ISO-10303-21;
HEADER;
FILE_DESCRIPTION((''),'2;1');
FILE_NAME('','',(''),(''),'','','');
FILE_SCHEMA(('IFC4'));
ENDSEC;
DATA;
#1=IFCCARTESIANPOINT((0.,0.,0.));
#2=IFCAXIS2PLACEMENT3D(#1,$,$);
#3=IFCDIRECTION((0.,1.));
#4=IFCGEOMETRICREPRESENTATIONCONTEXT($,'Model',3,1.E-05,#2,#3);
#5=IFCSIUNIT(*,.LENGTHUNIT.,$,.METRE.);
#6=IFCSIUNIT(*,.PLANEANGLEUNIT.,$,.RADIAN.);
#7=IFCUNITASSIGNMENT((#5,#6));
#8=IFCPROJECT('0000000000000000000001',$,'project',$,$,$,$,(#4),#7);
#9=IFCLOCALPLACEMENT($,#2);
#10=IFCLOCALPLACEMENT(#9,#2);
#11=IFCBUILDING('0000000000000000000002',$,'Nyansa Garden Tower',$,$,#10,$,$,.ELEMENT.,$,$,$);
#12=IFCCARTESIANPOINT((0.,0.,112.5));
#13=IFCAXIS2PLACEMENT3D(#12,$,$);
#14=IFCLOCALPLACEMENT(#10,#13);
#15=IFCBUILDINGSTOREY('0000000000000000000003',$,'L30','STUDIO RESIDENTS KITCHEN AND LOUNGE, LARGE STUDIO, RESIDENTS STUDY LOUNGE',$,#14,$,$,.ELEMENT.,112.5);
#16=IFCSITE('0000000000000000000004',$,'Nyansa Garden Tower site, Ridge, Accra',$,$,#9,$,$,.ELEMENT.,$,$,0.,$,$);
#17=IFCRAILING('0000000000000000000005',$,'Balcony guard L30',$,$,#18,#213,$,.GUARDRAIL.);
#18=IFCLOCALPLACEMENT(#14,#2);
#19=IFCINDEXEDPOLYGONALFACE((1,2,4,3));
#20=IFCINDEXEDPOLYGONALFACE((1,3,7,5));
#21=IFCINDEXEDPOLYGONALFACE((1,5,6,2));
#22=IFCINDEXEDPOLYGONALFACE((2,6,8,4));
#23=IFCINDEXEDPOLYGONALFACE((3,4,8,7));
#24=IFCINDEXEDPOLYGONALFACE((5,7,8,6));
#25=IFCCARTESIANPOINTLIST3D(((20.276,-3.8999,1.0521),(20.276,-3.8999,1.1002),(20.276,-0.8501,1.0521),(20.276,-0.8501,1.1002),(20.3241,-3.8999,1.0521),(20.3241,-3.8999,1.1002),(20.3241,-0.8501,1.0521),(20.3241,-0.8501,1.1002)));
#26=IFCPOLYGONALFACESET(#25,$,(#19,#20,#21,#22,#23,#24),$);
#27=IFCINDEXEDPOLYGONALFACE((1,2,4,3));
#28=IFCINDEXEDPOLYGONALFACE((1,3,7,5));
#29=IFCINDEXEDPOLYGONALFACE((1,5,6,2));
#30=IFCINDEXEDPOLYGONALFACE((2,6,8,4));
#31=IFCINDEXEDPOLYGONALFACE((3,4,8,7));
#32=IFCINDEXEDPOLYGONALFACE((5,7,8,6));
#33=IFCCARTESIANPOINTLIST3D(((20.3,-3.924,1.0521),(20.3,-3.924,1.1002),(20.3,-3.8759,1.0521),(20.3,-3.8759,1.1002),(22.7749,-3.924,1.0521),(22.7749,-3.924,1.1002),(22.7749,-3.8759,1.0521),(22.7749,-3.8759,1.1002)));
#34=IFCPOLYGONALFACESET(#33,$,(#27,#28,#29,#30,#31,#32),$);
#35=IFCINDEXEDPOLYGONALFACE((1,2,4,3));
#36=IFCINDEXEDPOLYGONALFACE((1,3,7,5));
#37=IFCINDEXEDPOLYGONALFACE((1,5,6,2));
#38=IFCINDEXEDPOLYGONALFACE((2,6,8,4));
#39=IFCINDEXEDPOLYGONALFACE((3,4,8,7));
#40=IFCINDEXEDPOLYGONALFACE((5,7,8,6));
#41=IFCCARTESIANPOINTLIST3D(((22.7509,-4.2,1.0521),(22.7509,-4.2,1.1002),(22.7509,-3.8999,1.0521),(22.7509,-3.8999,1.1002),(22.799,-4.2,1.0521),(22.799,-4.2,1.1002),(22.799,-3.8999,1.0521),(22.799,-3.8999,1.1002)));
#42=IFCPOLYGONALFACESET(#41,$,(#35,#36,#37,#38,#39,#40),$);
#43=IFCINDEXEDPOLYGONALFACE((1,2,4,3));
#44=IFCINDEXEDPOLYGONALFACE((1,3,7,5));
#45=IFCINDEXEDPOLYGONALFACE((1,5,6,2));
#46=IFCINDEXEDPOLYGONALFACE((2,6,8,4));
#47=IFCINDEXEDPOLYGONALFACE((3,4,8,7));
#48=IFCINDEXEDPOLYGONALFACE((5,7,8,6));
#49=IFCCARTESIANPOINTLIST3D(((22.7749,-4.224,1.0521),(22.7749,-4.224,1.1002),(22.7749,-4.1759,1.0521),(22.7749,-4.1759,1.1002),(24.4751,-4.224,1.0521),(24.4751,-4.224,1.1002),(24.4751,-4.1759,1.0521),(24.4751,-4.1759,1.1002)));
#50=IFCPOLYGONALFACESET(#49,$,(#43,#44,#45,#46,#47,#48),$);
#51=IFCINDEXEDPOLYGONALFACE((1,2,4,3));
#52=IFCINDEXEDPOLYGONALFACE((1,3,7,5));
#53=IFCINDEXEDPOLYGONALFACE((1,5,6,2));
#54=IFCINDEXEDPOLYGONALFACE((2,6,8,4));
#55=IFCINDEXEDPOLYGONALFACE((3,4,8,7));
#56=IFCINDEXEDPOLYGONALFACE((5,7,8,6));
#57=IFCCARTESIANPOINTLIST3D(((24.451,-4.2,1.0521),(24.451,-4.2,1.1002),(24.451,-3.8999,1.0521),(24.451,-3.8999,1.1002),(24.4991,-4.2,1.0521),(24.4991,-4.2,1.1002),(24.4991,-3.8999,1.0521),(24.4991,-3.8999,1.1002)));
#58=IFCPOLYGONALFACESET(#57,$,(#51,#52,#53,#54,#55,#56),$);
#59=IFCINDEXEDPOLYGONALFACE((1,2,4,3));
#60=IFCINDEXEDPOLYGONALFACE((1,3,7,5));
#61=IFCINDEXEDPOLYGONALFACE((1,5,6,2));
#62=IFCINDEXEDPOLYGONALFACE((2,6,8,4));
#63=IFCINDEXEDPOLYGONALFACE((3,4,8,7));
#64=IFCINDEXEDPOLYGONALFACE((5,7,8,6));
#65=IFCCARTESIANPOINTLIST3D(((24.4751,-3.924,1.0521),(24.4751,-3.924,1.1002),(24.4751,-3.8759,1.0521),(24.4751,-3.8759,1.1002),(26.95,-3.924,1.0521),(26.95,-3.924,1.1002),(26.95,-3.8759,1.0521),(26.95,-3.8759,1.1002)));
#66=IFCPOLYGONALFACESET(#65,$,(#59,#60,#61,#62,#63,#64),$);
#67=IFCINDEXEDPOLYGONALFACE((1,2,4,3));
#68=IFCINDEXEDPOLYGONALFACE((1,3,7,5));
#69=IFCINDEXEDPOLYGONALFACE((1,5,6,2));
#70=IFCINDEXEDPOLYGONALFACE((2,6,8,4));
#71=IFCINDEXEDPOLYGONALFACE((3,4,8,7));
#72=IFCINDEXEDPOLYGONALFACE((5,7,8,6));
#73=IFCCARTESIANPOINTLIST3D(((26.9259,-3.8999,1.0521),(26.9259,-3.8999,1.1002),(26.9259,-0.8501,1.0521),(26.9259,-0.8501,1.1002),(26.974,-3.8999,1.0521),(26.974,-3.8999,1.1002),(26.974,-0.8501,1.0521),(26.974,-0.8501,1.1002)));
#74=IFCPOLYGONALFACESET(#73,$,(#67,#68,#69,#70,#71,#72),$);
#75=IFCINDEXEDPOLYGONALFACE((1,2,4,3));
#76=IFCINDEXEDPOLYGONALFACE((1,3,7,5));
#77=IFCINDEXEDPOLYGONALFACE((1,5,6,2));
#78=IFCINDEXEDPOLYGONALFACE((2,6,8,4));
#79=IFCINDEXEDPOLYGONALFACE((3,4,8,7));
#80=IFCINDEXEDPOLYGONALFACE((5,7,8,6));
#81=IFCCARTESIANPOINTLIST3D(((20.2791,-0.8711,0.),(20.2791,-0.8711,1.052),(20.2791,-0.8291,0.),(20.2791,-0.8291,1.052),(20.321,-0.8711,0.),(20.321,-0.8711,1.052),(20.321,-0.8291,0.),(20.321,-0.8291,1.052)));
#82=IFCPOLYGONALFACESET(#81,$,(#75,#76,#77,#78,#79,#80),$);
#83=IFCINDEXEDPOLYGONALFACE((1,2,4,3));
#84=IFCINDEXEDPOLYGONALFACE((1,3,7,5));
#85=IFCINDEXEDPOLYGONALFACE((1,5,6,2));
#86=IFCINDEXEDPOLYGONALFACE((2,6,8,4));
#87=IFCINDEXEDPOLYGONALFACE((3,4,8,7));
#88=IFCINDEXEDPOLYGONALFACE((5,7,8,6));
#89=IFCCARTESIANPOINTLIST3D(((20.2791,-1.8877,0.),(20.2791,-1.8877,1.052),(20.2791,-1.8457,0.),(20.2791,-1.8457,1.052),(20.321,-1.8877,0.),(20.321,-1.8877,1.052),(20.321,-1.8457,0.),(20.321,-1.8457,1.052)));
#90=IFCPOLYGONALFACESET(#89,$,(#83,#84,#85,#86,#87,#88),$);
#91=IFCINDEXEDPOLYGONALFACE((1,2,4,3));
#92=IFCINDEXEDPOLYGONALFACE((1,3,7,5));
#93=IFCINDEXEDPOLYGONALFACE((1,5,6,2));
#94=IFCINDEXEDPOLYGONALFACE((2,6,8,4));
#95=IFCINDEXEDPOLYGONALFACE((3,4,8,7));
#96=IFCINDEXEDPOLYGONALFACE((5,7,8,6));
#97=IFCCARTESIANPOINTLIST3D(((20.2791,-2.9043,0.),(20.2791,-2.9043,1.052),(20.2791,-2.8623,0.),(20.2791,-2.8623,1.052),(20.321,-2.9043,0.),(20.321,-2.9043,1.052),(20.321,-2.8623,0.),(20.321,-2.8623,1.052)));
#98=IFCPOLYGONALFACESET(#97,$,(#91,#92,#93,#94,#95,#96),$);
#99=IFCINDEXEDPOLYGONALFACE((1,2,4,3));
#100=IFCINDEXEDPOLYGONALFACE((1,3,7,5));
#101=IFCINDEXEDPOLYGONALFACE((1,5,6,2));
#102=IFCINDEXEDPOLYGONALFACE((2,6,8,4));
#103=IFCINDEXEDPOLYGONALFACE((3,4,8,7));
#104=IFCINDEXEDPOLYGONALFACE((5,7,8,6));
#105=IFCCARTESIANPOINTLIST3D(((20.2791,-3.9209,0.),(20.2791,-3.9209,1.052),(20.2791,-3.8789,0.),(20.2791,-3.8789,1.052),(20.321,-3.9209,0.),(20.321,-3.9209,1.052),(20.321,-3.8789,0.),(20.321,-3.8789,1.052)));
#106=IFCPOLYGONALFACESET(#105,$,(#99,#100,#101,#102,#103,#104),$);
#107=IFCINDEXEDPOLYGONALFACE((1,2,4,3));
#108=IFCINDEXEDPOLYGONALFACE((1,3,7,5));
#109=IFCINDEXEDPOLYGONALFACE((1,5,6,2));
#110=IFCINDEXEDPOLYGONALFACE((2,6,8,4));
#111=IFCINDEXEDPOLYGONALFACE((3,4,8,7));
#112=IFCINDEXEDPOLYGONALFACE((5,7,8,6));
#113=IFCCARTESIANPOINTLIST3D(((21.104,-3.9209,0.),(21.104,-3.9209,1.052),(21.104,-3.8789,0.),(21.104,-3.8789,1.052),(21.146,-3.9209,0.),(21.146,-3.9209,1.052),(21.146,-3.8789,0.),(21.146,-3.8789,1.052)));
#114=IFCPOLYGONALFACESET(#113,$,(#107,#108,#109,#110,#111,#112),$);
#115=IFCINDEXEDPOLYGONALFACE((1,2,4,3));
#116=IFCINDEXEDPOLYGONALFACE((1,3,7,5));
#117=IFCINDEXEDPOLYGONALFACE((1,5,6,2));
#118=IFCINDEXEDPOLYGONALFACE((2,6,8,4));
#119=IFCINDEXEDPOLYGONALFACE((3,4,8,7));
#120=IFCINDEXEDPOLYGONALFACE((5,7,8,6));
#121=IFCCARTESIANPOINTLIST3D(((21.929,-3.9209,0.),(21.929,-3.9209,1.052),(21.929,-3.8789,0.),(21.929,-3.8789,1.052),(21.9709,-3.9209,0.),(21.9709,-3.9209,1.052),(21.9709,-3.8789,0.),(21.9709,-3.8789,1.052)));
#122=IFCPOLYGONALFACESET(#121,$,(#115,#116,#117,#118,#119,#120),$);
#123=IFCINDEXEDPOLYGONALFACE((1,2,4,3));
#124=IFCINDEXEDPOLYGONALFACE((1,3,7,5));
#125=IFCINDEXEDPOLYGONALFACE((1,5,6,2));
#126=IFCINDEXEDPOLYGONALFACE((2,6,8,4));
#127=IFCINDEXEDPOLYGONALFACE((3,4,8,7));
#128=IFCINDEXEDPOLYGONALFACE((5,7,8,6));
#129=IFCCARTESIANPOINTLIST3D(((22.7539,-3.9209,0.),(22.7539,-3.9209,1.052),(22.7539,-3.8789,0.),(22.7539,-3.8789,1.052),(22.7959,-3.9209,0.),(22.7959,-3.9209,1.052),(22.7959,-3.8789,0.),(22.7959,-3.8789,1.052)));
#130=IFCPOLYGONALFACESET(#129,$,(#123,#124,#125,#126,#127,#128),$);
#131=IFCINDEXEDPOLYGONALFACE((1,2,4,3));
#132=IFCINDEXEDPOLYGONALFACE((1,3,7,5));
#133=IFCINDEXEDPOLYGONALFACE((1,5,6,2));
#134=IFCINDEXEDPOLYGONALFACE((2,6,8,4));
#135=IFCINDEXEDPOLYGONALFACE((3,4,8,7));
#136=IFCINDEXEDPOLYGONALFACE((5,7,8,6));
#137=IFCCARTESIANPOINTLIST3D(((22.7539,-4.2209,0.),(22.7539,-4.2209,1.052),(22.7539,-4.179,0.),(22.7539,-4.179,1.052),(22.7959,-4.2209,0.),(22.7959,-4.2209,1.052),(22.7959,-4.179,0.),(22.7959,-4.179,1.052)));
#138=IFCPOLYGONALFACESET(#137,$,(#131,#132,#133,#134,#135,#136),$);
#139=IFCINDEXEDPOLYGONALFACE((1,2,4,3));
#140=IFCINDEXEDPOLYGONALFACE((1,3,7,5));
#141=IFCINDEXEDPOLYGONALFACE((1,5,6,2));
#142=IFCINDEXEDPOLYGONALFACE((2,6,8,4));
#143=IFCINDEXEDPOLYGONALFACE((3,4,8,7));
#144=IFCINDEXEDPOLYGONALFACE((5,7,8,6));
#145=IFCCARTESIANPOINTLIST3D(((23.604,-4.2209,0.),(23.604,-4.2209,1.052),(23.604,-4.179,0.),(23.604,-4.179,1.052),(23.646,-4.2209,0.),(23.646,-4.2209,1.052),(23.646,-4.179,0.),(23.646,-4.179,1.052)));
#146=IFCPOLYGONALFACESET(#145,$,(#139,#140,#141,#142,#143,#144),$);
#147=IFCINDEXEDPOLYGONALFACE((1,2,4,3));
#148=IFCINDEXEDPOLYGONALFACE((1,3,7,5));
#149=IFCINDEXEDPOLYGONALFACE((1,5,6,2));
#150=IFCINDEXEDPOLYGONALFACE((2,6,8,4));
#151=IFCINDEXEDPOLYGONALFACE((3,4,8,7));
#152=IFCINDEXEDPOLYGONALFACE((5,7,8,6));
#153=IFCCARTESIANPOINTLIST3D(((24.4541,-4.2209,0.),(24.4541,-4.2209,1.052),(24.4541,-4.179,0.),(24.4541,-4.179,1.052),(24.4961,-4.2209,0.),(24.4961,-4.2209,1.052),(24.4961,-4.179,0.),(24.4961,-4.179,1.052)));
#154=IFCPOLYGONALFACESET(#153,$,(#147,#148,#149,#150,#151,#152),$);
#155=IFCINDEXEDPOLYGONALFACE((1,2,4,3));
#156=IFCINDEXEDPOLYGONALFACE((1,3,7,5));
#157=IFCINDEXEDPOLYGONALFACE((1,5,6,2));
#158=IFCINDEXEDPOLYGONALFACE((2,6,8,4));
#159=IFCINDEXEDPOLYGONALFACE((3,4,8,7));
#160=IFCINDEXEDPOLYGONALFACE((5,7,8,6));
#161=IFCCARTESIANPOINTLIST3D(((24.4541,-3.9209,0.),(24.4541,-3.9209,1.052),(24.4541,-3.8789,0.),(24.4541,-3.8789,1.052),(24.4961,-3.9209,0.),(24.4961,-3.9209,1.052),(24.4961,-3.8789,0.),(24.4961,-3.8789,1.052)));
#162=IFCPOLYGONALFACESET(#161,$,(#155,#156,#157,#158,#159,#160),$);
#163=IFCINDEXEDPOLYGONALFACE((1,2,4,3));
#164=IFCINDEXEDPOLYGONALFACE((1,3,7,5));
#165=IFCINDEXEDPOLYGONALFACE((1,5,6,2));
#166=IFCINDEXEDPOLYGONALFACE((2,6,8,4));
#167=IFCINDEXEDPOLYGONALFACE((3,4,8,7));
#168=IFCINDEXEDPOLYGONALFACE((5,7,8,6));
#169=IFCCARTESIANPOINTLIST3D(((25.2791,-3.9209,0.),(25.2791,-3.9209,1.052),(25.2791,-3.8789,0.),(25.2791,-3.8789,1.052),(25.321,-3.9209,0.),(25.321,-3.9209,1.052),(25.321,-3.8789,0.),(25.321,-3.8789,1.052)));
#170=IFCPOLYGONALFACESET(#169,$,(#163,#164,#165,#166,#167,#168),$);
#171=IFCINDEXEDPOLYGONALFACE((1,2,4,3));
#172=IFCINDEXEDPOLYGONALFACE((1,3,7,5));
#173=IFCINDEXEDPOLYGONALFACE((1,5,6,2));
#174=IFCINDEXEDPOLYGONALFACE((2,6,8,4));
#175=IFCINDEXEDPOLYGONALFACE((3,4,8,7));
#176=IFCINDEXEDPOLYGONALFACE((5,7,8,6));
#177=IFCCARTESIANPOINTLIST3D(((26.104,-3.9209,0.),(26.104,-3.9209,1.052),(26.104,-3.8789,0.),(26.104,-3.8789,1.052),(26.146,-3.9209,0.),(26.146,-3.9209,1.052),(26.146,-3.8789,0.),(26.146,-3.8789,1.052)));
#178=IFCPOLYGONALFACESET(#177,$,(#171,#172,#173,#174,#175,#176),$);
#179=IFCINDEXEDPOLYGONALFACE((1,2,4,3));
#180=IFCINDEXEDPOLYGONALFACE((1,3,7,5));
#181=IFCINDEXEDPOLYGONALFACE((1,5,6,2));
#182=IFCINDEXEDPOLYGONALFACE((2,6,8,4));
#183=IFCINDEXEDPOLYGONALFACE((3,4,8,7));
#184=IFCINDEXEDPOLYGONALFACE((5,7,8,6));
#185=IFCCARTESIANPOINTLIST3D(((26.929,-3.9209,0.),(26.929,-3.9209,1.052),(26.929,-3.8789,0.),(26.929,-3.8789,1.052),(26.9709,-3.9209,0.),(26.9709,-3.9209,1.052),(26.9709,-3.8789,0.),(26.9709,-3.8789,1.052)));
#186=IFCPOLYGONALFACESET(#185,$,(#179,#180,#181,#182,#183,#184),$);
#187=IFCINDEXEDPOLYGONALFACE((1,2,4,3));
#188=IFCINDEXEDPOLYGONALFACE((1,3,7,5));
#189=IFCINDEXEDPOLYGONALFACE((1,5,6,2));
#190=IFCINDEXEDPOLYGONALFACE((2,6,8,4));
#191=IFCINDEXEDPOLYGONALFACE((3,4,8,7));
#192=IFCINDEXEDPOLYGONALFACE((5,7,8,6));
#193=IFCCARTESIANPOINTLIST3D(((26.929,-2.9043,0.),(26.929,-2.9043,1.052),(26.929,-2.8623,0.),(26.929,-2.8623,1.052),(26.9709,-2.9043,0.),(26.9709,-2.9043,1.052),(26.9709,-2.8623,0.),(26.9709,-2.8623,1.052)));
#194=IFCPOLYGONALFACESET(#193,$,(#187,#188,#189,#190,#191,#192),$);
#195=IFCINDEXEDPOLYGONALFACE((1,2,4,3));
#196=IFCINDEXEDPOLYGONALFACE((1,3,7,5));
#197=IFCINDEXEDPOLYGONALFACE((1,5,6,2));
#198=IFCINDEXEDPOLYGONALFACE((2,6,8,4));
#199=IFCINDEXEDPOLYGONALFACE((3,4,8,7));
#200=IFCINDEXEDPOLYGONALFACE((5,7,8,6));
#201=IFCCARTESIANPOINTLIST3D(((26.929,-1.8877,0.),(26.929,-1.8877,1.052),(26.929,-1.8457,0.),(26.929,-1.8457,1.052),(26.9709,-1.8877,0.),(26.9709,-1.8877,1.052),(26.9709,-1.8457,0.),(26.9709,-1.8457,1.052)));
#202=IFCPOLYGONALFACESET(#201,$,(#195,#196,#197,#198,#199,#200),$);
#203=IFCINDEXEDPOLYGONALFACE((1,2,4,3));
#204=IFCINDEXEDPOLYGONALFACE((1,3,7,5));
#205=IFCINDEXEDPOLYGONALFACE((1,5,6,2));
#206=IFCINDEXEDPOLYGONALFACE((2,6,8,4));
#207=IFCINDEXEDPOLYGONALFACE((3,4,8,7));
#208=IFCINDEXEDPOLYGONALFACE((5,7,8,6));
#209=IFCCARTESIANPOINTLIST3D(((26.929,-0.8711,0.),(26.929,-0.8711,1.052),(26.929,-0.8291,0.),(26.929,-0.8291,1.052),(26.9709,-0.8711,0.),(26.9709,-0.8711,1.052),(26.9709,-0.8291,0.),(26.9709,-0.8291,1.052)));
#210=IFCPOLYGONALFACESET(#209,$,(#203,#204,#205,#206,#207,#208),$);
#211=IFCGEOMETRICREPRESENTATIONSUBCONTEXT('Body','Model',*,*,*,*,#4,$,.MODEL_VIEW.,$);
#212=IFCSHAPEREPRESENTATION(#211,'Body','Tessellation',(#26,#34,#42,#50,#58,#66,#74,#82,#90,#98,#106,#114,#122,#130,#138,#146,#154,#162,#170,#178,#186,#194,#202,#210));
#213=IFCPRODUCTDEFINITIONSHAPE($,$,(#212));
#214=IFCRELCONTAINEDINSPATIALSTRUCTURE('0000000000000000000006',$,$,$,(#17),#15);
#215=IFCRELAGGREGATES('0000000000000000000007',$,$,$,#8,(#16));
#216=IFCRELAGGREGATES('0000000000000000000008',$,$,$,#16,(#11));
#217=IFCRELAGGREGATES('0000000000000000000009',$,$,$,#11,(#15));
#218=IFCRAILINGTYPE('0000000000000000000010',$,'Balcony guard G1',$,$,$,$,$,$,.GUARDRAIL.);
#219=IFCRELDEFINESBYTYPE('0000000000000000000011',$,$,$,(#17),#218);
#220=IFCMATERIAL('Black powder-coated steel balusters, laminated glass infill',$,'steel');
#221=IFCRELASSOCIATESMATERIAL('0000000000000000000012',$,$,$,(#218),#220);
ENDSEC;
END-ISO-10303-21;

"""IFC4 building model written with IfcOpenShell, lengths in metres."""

from ifc_helpers import new_model, si_unit, direction, frame, origin, origin_2d, place, context, subcontext, project, spatial, rectangle, extrude, material, type_object, element, save


model = new_model("IFC4")

# Units and contexts
model_context = context("Model", 3, precision=1e-05, world=origin(), true_north=direction((0.0, 1.0)))
body_context = subcontext(model_context, "Body", "Model", "MODEL_VIEW")
ifc_project = project(units=[si_unit("LENGTHUNIT", "METRE"), si_unit("PLANEANGLEUNIT", "RADIAN")], contexts=[model_context])

# Site, building, storey
site_placement = place(None, origin())
site = spatial("IfcSite", under=ifc_project, at=site_placement, Name="Nyansa Garden Tower site, Ridge, Accra", CompositionType="ELEMENT", RefElevation=0.0)
building_placement = place(site_placement, origin())
building = spatial("IfcBuilding", under=site, at=building_placement, Name="Nyansa Garden Tower", CompositionType="ELEMENT")
storey_placement = place(building_placement, frame((0.0, 0.0, 112.5)))
storey = spatial("IfcBuildingStorey", under=building, at=storey_placement, Name="L30", Description="STUDIO RESIDENTS KITCHEN AND LOUNGE, LARGE STUDIO, RESIDENTS STUDY LOUNGE", CompositionType="ELEMENT", Elevation=112.5)

# Railing
ifc_material_1 = material(Name="Black powder-coated steel balusters, laminated glass infill", Category="steel")
railing_type = type_object("IfcRailingType", Name="Balcony guard G1", PredefinedType="GUARDRAIL", material=ifc_material_1)
railing_placement = place(storey_placement, frame((20.3, -0.8501, 0.0)))
element("IfcRailing", 1, at=railing_placement, inside=storey, type_object=railing_type, Name="Balcony guard L30", PredefinedType="GUARDRAIL", context=body_context, shape_type="SweptSolid", body=[
    extrude(rectangle(XDim=0.0481, YDim=0.0481, at=origin_2d()), frame((0.0, 0.0, 1.0762), z_axis=(0.0, -1.0, 0.0), x_axis=(1.0, 0.0, 0.0)), (0.0, 0.0, 1.0), 3.0498),
    extrude(rectangle(XDim=0.0481, YDim=0.0481, at=origin_2d()), frame((0.0, -3.0498, 1.0762), z_axis=(1.0, 0.0, 0.0), x_axis=(0.0, 1.0, 0.0)), (0.0, 0.0, 1.0), 2.4749),
    extrude(rectangle(XDim=0.0481, YDim=0.0481, at=origin_2d()), frame((2.4749, -3.0498, 1.0762), z_axis=(0.0, -1.0, 0.0), x_axis=(1.0, 0.0, 0.0)), (0.0, 0.0, 1.0), 0.3),
    extrude(rectangle(XDim=0.0481, YDim=0.0481, at=origin_2d()), frame((2.4749, -3.3499, 1.0762), z_axis=(1.0, 0.0, 0.0), x_axis=(0.0, 1.0, 0.0)), (0.0, 0.0, 1.0), 1.7002),
    extrude(rectangle(XDim=0.0481, YDim=0.0481, at=origin_2d()), frame((4.175, -3.3499, 1.0762), z_axis=(0.0, 1.0, 0.0), x_axis=(-1.0, 0.0, 0.0)), (0.0, 0.0, 1.0), 0.3),
    extrude(rectangle(XDim=0.0481, YDim=0.0481, at=origin_2d()), frame((4.175, -3.0498, 1.0762), z_axis=(1.0, 0.0, 0.0), x_axis=(0.0, 1.0, 0.0)), (0.0, 0.0, 1.0), 2.4749),
    extrude(rectangle(XDim=0.0481, YDim=0.0481, at=origin_2d()), frame((6.6499, -3.0498, 1.0762), z_axis=(0.0, 1.0, 0.0), x_axis=(-1.0, 0.0, 0.0)), (0.0, 0.0, 1.0), 3.0498),
    extrude(rectangle(XDim=0.042, YDim=0.042, at=origin_2d()), origin(), (0.0, 0.0, 1.0), 1.052),
    extrude(rectangle(XDim=0.042, YDim=0.042, at=origin_2d()), frame((0.0, -1.0166, 0.0)), (0.0, 0.0, 1.0), 1.052),
    extrude(rectangle(XDim=0.042, YDim=0.042, at=origin_2d()), frame((0.0, -2.0332, 0.0)), (0.0, 0.0, 1.0), 1.052),
    extrude(rectangle(XDim=0.042, YDim=0.042, at=origin_2d()), frame((0.0, -3.0498, 0.0)), (0.0, 0.0, 1.0), 1.052),
    extrude(rectangle(XDim=0.042, YDim=0.042, at=origin_2d()), frame((0.825, -3.0498, 0.0)), (0.0, 0.0, 1.0), 1.052),
    extrude(rectangle(XDim=0.042, YDim=0.042, at=origin_2d()), frame((1.6499, -3.0498, 0.0)), (0.0, 0.0, 1.0), 1.052),
    extrude(rectangle(XDim=0.042, YDim=0.042, at=origin_2d()), frame((2.4749, -3.0498, 0.0)), (0.0, 0.0, 1.0), 1.052),
    extrude(rectangle(XDim=0.042, YDim=0.042, at=origin_2d()), frame((2.4749, -3.3499, 0.0)), (0.0, 0.0, 1.0), 1.052),
    extrude(rectangle(XDim=0.042, YDim=0.042, at=origin_2d()), frame((3.325, -3.3499, 0.0)), (0.0, 0.0, 1.0), 1.052),
    extrude(rectangle(XDim=0.042, YDim=0.042, at=origin_2d()), frame((4.175, -3.3499, 0.0)), (0.0, 0.0, 1.0), 1.052),
    extrude(rectangle(XDim=0.042, YDim=0.042, at=origin_2d()), frame((4.175, -3.0498, 0.0)), (0.0, 0.0, 1.0), 1.052),
    extrude(rectangle(XDim=0.042, YDim=0.042, at=origin_2d()), frame((5.0, -3.0498, 0.0)), (0.0, 0.0, 1.0), 1.052),
    extrude(rectangle(XDim=0.042, YDim=0.042, at=origin_2d()), frame((5.825, -3.0498, 0.0)), (0.0, 0.0, 1.0), 1.052),
    extrude(rectangle(XDim=0.042, YDim=0.042, at=origin_2d()), frame((6.6499, -3.0498, 0.0)), (0.0, 0.0, 1.0), 1.052),
    extrude(rectangle(XDim=0.042, YDim=0.042, at=origin_2d()), frame((6.6499, -2.0332, 0.0)), (0.0, 0.0, 1.0), 1.052),
    extrude(rectangle(XDim=0.042, YDim=0.042, at=origin_2d()), frame((6.6499, -1.0166, 0.0)), (0.0, 0.0, 1.0), 1.052),
    extrude(rectangle(XDim=0.042, YDim=0.042, at=origin_2d()), frame((6.6499, 0.0, 0.0)), (0.0, 0.0, 1.0), 1.052),
])

save(model, "model.ifc")
